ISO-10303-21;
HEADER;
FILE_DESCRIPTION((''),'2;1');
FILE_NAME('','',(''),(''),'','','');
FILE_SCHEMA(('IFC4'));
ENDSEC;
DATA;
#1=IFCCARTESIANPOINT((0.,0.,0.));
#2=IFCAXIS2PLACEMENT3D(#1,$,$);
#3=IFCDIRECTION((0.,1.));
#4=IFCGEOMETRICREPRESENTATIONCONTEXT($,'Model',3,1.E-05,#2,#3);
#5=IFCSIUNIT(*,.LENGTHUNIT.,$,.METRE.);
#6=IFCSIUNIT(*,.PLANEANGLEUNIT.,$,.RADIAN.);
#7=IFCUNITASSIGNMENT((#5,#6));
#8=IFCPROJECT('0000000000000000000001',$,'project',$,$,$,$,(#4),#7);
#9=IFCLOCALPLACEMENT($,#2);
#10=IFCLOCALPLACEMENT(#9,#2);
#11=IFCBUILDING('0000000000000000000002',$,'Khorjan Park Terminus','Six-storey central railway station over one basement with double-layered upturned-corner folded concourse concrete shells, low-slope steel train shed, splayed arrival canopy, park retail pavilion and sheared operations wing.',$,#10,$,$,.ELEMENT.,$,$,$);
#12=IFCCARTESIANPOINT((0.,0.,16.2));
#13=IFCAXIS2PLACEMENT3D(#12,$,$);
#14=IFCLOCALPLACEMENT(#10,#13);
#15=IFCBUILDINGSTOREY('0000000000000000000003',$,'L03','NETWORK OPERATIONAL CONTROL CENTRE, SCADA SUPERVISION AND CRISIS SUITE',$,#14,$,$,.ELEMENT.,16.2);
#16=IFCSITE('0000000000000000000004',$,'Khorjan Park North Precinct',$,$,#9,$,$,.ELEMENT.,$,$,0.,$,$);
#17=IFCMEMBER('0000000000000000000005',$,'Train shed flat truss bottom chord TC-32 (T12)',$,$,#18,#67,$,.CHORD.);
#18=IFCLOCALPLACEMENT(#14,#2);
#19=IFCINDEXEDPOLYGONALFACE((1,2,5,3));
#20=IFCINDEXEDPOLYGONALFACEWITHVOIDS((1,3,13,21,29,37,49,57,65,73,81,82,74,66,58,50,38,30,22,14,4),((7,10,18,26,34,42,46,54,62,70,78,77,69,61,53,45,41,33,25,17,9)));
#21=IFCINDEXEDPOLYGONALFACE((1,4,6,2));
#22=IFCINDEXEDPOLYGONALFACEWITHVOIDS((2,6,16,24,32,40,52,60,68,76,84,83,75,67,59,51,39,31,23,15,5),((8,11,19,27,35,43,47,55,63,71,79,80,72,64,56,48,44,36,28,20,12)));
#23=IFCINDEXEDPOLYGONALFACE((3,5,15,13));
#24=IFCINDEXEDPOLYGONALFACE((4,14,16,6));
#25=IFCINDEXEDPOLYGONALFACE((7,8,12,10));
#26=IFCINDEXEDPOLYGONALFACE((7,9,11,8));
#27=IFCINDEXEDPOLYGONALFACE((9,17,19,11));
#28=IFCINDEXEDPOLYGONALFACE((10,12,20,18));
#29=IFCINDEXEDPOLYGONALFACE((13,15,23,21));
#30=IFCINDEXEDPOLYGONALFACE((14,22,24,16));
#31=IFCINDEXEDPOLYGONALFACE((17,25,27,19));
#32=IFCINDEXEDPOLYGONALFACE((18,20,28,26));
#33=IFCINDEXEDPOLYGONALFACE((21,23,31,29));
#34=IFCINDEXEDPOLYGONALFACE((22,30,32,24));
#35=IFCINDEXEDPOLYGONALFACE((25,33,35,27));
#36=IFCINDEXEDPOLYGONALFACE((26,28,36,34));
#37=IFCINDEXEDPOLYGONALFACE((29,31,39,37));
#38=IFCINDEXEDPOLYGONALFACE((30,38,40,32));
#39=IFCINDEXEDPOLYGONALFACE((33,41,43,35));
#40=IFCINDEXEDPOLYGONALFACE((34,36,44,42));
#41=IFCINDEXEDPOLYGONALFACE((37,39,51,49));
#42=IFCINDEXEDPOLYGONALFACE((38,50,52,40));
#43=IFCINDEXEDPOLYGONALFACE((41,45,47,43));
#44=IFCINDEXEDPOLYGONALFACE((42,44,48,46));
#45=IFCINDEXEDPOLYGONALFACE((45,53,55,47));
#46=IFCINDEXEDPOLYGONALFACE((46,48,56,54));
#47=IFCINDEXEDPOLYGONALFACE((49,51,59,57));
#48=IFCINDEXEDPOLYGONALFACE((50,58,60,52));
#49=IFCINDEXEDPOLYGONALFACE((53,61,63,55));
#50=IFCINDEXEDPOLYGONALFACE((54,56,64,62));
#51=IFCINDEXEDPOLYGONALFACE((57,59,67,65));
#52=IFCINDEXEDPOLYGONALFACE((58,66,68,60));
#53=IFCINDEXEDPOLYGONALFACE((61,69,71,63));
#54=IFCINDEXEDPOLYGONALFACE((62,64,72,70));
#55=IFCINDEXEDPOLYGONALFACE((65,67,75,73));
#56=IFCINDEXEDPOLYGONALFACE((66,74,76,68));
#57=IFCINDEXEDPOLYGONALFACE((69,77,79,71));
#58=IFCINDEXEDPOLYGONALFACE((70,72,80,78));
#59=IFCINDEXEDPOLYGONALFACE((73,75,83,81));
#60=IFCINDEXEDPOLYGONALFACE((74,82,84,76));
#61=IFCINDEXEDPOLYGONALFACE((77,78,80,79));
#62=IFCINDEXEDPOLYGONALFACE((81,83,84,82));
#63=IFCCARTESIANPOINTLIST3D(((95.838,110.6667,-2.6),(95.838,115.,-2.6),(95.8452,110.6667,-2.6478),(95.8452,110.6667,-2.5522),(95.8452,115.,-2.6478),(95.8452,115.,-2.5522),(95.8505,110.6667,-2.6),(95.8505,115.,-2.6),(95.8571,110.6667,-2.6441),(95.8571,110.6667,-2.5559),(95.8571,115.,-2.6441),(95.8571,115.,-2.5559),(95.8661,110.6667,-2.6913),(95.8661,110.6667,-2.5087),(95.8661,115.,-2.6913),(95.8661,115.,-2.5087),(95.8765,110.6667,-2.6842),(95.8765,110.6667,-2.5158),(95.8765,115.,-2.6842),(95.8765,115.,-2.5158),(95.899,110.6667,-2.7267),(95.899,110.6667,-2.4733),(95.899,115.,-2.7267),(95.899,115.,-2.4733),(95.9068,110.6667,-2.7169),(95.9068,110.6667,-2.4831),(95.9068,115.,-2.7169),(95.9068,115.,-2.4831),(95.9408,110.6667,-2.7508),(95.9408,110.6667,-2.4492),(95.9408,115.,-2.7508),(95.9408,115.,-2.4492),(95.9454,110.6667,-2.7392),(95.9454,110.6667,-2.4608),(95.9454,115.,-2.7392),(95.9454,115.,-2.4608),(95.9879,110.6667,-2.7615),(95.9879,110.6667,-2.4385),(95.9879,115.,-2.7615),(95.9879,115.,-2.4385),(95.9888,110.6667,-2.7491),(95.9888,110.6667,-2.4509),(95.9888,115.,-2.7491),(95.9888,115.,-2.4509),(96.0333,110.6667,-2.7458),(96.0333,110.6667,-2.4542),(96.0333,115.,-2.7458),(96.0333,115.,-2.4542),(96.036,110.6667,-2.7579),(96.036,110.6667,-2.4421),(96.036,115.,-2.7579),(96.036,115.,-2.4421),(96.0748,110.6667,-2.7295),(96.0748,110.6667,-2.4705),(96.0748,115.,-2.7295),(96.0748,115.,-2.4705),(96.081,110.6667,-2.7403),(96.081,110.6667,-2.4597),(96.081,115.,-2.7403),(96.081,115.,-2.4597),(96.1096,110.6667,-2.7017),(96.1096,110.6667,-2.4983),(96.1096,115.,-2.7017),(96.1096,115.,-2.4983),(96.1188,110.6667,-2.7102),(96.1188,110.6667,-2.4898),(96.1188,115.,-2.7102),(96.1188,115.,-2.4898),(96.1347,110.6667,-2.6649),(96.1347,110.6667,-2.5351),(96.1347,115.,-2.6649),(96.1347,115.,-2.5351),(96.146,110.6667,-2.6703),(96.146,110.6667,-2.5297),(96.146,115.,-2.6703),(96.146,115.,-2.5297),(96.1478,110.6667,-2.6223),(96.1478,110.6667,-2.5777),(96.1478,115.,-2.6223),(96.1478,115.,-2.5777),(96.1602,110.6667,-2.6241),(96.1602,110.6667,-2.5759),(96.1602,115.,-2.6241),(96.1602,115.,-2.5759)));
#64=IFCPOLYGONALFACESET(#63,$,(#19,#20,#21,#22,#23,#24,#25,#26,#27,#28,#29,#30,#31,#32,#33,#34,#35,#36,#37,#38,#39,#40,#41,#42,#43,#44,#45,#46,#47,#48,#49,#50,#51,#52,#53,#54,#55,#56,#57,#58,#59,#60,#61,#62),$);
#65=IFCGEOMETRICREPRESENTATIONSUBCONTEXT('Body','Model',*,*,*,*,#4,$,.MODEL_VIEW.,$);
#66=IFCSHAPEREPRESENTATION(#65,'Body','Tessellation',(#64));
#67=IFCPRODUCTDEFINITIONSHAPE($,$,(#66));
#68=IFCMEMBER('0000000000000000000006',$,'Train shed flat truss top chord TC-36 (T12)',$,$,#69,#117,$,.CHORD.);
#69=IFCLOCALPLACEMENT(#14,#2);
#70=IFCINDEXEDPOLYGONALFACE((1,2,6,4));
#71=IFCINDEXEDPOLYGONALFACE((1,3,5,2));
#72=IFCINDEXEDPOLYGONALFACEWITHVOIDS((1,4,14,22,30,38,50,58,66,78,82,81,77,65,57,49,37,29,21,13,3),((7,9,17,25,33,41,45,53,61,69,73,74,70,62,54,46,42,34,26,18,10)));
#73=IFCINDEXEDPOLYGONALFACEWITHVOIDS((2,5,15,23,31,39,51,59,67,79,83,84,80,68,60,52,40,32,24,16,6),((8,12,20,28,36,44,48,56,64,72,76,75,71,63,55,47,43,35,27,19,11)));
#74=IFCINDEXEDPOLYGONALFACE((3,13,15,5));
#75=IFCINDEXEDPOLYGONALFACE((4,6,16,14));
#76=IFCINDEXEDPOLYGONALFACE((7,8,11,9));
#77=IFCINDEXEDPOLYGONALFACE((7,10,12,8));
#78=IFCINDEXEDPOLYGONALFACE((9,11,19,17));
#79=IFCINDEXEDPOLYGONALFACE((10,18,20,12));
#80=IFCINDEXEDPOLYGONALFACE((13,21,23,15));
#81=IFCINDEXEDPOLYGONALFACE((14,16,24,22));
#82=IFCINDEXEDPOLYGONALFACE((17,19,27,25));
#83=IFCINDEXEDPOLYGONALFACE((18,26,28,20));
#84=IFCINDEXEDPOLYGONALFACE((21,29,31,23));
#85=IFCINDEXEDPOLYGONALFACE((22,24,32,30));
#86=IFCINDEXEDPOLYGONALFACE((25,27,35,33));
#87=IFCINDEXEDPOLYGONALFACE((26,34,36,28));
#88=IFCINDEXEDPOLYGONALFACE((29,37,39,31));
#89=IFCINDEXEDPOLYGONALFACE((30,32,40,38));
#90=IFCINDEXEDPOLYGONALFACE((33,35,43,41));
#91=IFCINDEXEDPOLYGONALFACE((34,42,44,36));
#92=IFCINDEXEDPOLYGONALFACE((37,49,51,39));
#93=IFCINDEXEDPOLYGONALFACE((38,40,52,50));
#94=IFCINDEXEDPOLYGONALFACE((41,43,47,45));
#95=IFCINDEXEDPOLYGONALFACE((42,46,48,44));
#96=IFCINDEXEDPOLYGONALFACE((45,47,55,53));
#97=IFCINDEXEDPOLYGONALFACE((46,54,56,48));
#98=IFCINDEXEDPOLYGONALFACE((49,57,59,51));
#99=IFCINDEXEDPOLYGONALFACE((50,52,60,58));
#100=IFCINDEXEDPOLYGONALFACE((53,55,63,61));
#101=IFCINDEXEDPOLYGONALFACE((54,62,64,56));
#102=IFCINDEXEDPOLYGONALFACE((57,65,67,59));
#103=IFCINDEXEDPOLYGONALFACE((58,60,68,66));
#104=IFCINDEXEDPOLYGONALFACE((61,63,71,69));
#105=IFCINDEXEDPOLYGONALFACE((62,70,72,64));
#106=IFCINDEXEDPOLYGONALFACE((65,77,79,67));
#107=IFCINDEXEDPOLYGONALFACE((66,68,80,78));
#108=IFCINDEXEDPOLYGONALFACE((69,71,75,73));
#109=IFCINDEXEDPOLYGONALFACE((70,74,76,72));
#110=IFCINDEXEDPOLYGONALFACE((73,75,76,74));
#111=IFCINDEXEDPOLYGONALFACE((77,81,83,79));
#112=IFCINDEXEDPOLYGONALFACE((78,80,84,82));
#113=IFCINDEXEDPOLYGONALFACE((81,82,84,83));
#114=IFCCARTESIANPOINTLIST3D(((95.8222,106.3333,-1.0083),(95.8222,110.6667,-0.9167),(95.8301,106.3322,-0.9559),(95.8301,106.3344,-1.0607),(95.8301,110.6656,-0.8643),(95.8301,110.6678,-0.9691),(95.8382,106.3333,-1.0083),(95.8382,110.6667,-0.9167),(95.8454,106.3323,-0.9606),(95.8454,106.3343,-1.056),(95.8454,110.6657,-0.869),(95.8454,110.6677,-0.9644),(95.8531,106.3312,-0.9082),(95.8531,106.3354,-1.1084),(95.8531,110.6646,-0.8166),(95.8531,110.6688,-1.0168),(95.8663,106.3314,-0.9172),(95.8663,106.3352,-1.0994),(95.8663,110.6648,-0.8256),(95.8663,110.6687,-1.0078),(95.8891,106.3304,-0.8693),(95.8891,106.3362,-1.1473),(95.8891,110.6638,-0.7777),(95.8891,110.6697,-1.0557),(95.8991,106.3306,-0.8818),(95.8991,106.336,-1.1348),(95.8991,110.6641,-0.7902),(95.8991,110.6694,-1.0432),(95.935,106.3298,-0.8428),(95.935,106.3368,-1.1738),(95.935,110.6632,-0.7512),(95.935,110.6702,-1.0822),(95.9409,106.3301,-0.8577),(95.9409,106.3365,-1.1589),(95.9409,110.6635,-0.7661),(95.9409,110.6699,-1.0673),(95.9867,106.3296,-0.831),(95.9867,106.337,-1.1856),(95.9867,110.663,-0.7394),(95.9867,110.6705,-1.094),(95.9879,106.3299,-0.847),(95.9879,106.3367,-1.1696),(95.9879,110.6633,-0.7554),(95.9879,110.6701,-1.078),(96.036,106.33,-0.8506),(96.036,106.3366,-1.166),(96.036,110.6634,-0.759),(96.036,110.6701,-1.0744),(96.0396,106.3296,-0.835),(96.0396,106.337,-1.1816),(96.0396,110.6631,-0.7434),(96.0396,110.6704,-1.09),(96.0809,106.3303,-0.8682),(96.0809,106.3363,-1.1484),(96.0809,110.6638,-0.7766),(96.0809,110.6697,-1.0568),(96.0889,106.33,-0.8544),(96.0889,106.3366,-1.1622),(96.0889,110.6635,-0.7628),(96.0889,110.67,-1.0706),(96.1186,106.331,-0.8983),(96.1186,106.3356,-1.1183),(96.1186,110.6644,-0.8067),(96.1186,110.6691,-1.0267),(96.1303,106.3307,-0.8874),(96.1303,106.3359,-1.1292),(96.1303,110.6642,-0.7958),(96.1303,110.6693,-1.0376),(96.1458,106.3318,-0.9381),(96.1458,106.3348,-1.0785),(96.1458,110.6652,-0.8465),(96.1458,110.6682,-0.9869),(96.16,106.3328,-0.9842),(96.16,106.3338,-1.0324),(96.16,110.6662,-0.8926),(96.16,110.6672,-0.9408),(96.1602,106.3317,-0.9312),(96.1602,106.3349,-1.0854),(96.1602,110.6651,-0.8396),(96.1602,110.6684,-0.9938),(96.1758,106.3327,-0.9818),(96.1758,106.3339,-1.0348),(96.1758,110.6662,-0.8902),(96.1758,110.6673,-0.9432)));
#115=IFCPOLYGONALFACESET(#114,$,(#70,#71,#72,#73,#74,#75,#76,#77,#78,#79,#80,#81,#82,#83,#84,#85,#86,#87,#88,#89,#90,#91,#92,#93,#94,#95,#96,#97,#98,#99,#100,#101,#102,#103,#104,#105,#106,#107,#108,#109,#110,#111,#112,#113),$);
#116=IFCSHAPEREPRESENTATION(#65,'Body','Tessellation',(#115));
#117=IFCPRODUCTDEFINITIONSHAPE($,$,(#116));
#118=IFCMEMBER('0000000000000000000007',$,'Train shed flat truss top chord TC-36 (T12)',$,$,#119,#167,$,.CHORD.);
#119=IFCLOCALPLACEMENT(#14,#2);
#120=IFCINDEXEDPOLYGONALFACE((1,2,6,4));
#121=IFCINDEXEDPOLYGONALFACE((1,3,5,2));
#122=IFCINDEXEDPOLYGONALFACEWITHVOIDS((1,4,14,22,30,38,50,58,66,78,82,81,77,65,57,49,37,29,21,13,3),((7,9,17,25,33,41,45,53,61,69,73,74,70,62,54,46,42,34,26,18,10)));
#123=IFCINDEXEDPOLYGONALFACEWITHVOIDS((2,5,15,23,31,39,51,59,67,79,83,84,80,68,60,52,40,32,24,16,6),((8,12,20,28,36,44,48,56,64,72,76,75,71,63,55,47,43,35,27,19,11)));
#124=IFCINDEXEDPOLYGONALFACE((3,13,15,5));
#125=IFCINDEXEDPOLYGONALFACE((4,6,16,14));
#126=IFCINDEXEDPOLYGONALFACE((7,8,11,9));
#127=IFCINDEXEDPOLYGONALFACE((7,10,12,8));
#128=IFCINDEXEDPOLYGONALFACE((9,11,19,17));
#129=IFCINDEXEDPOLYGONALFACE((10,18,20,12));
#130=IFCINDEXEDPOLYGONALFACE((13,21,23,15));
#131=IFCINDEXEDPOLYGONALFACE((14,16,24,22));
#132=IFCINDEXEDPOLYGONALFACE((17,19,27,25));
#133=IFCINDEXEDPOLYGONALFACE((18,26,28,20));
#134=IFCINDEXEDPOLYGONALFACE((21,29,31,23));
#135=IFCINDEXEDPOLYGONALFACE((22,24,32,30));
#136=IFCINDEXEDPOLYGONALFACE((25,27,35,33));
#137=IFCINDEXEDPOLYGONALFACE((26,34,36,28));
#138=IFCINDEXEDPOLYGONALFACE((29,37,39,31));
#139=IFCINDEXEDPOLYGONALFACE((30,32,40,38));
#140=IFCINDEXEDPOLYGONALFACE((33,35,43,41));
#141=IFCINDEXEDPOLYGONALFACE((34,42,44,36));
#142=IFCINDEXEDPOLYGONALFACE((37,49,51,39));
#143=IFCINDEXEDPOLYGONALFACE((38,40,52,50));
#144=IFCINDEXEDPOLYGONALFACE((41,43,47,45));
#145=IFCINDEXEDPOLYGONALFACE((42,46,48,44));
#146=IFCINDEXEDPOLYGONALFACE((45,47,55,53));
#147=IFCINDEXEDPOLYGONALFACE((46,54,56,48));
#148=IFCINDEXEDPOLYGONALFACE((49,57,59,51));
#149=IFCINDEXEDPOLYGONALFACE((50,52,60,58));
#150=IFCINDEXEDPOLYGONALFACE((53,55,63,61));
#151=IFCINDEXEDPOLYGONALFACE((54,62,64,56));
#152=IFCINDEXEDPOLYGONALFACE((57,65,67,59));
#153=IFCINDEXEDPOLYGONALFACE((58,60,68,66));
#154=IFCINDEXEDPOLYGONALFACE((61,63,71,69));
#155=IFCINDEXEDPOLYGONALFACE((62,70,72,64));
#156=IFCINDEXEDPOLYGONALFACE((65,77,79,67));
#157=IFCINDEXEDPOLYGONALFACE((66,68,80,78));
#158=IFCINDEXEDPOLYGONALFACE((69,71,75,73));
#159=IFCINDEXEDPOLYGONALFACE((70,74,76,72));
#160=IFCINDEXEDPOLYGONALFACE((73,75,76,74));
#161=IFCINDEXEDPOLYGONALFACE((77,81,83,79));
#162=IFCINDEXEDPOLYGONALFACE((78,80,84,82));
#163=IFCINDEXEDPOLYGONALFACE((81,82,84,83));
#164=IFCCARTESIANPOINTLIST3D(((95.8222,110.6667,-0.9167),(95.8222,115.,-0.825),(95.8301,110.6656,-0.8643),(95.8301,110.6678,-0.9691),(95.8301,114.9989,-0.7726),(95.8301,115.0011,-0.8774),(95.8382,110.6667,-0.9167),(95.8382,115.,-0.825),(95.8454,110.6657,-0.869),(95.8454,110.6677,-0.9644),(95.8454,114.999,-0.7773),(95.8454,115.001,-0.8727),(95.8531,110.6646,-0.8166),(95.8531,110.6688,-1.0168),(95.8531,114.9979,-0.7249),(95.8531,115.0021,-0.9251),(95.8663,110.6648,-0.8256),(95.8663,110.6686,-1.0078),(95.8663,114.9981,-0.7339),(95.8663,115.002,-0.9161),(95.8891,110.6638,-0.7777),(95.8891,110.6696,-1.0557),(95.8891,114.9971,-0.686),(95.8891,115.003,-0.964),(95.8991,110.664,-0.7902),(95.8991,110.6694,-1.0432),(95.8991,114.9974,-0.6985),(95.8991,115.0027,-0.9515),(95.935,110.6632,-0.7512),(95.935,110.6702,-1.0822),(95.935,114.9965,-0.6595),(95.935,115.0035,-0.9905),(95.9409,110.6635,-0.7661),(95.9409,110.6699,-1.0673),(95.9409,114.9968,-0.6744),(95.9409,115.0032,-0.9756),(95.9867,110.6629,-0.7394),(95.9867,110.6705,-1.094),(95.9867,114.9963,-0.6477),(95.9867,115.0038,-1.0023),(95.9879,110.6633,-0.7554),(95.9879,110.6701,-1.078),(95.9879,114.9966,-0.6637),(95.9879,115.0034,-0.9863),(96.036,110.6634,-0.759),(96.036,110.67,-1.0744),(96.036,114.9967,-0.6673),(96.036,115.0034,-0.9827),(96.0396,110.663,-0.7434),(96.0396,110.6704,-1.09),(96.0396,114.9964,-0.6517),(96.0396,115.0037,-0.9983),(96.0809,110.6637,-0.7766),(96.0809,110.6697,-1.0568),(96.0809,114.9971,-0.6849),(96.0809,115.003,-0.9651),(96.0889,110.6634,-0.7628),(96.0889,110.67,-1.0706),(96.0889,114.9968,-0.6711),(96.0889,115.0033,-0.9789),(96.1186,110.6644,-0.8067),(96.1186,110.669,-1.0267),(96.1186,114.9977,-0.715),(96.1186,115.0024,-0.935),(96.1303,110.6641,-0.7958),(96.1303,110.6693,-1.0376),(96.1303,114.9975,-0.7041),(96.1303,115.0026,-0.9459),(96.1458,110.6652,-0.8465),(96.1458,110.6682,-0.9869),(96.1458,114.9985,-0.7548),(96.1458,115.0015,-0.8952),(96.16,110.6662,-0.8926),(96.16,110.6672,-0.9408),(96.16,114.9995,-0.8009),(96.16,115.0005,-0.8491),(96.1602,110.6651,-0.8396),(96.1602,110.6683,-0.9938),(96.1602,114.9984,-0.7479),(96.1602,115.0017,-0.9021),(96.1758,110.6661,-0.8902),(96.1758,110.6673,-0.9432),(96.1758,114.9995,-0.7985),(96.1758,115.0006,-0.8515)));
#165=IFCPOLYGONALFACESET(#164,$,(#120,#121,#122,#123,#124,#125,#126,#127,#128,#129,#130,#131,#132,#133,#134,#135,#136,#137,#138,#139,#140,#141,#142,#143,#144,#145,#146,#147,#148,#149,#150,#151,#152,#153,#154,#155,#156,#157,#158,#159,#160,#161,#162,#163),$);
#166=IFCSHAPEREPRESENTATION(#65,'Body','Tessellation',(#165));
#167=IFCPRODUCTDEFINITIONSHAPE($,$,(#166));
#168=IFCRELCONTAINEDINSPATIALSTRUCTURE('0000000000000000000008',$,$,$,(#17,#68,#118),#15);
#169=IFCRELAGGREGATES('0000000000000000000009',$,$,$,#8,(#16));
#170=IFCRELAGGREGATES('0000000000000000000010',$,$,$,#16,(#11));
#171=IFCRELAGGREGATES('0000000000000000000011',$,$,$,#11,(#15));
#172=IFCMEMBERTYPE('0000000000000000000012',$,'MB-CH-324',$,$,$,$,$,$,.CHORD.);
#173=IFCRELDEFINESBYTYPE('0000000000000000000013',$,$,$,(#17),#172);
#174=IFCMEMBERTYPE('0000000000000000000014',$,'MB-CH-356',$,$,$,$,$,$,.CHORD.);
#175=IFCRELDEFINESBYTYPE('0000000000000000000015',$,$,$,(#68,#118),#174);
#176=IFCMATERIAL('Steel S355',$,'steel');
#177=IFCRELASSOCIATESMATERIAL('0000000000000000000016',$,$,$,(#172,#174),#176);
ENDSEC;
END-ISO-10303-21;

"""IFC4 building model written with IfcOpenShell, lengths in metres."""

from ifc_helpers import new_model, si_unit, direction, frame, origin, origin_2d, place, context, subcontext, project, spatial, hollow_circle, extrude, material, material_profile, profile_set, type_object, element, save


model = new_model("IFC4")

# Units and contexts
model_context = context("Model", 3, precision=1e-05, world=origin(), true_north=direction((0.0, 1.0)))
body_context = subcontext(model_context, "Body", "Model", "MODEL_VIEW")
ifc_project = project(units=[si_unit("LENGTHUNIT", "METRE"), si_unit("PLANEANGLEUNIT", "RADIAN")], contexts=[model_context])

# Site, building, storey
site_placement = place(None, origin())
site = spatial("IfcSite", under=ifc_project, at=site_placement, Name="Khorjan Park North Precinct", CompositionType="ELEMENT", RefElevation=0.0)
building_placement = place(site_placement, origin())
building = spatial("IfcBuilding", under=site, at=building_placement, Name="Khorjan Park Terminus", Description="Six-storey central railway station over one basement with double-layered upturned-corner folded concourse concrete shells, low-slope steel train shed, splayed arrival canopy, park retail pavilion and sheared operations wing.", CompositionType="ELEMENT")
storey_placement = place(building_placement, frame((0.0, 0.0, 16.2)))
storey = spatial("IfcBuildingStorey", under=building, at=storey_placement, Name="L03", Description="NETWORK OPERATIONAL CONTROL CENTRE, SCADA SUPERVISION AND CRISIS SUITE", CompositionType="ELEMENT", Elevation=16.2)

# Members
ifc_material = material(Name="Steel S355", Category="steel")
ifc_material_profile_1 = material_profile(ifc_material, hollow_circle(Radius=0.162, WallThickness=0.0125, at=origin_2d()), Name="CHS 323.9x12.5")
ifc_profile_set_1 = profile_set([ifc_material_profile_1], Name="Steel S355")
member_type_1 = type_object("IfcMemberType", Name="MB-CH-324", PredefinedType="CHORD", material=ifc_profile_set_1)
member_1_placement = place(storey_placement, frame((96.0, 110.6667, -2.6), z_axis=(0.0, 1.0, 0.0), x_axis=(-1.0, 0.0, 0.0)))
element("IfcMember", 1, at=member_1_placement, inside=storey, type_object=member_type_1, Name="Train shed flat truss bottom chord TC-32 (T12)", PredefinedType="CHORD", context=body_context, shape_type="SweptSolid", body=[
    extrude(hollow_circle(Radius=0.162, WallThickness=0.0125, at=origin_2d()), origin(), (0.0, 0.0, 1.0), 4.3333),
])
ifc_material_profile_2 = material_profile(ifc_material, hollow_circle(Radius=0.1778, WallThickness=0.016, at=origin_2d()), Name="CHS 355.6x16")
ifc_profile_set_2 = profile_set([ifc_material_profile_2], Name="Steel S355")
member_type_2 = type_object("IfcMemberType", Name="MB-CH-356", PredefinedType="CHORD", material=ifc_profile_set_2)
member_2_placement = place(storey_placement, frame((96.0, 106.3333, -1.0083), z_axis=(0.0, 0.999777, 0.021133), x_axis=(-1.0, 0.0, 0.0)))
element("IfcMember", 2, at=member_2_placement, inside=storey, type_object=member_type_2, Name="Train shed flat truss top chord TC-36 (T12)", PredefinedType="CHORD", context=body_context, shape_type="SweptSolid", body=[
    extrude(hollow_circle(Radius=0.1778, WallThickness=0.016, at=origin_2d()), origin(), (0.0, 0.0, 1.0), 4.3344),
])
member_3_placement = place(storey_placement, frame((96.0, 110.6667, -0.9167), z_axis=(0.0, 0.999776, 0.021157), x_axis=(-1.0, 0.0, 0.0)))
element("IfcMember", 3, at=member_3_placement, inside=storey, type_object=member_type_2, Name="Train shed flat truss top chord TC-36 (T12)", PredefinedType="CHORD", context=body_context, shape_type="SweptSolid", body=[
    extrude(hollow_circle(Radius=0.1778, WallThickness=0.016, at=origin_2d()), origin(), (0.0, 0.0, 1.0), 4.3343),
])

save(model, "model.ifc")
